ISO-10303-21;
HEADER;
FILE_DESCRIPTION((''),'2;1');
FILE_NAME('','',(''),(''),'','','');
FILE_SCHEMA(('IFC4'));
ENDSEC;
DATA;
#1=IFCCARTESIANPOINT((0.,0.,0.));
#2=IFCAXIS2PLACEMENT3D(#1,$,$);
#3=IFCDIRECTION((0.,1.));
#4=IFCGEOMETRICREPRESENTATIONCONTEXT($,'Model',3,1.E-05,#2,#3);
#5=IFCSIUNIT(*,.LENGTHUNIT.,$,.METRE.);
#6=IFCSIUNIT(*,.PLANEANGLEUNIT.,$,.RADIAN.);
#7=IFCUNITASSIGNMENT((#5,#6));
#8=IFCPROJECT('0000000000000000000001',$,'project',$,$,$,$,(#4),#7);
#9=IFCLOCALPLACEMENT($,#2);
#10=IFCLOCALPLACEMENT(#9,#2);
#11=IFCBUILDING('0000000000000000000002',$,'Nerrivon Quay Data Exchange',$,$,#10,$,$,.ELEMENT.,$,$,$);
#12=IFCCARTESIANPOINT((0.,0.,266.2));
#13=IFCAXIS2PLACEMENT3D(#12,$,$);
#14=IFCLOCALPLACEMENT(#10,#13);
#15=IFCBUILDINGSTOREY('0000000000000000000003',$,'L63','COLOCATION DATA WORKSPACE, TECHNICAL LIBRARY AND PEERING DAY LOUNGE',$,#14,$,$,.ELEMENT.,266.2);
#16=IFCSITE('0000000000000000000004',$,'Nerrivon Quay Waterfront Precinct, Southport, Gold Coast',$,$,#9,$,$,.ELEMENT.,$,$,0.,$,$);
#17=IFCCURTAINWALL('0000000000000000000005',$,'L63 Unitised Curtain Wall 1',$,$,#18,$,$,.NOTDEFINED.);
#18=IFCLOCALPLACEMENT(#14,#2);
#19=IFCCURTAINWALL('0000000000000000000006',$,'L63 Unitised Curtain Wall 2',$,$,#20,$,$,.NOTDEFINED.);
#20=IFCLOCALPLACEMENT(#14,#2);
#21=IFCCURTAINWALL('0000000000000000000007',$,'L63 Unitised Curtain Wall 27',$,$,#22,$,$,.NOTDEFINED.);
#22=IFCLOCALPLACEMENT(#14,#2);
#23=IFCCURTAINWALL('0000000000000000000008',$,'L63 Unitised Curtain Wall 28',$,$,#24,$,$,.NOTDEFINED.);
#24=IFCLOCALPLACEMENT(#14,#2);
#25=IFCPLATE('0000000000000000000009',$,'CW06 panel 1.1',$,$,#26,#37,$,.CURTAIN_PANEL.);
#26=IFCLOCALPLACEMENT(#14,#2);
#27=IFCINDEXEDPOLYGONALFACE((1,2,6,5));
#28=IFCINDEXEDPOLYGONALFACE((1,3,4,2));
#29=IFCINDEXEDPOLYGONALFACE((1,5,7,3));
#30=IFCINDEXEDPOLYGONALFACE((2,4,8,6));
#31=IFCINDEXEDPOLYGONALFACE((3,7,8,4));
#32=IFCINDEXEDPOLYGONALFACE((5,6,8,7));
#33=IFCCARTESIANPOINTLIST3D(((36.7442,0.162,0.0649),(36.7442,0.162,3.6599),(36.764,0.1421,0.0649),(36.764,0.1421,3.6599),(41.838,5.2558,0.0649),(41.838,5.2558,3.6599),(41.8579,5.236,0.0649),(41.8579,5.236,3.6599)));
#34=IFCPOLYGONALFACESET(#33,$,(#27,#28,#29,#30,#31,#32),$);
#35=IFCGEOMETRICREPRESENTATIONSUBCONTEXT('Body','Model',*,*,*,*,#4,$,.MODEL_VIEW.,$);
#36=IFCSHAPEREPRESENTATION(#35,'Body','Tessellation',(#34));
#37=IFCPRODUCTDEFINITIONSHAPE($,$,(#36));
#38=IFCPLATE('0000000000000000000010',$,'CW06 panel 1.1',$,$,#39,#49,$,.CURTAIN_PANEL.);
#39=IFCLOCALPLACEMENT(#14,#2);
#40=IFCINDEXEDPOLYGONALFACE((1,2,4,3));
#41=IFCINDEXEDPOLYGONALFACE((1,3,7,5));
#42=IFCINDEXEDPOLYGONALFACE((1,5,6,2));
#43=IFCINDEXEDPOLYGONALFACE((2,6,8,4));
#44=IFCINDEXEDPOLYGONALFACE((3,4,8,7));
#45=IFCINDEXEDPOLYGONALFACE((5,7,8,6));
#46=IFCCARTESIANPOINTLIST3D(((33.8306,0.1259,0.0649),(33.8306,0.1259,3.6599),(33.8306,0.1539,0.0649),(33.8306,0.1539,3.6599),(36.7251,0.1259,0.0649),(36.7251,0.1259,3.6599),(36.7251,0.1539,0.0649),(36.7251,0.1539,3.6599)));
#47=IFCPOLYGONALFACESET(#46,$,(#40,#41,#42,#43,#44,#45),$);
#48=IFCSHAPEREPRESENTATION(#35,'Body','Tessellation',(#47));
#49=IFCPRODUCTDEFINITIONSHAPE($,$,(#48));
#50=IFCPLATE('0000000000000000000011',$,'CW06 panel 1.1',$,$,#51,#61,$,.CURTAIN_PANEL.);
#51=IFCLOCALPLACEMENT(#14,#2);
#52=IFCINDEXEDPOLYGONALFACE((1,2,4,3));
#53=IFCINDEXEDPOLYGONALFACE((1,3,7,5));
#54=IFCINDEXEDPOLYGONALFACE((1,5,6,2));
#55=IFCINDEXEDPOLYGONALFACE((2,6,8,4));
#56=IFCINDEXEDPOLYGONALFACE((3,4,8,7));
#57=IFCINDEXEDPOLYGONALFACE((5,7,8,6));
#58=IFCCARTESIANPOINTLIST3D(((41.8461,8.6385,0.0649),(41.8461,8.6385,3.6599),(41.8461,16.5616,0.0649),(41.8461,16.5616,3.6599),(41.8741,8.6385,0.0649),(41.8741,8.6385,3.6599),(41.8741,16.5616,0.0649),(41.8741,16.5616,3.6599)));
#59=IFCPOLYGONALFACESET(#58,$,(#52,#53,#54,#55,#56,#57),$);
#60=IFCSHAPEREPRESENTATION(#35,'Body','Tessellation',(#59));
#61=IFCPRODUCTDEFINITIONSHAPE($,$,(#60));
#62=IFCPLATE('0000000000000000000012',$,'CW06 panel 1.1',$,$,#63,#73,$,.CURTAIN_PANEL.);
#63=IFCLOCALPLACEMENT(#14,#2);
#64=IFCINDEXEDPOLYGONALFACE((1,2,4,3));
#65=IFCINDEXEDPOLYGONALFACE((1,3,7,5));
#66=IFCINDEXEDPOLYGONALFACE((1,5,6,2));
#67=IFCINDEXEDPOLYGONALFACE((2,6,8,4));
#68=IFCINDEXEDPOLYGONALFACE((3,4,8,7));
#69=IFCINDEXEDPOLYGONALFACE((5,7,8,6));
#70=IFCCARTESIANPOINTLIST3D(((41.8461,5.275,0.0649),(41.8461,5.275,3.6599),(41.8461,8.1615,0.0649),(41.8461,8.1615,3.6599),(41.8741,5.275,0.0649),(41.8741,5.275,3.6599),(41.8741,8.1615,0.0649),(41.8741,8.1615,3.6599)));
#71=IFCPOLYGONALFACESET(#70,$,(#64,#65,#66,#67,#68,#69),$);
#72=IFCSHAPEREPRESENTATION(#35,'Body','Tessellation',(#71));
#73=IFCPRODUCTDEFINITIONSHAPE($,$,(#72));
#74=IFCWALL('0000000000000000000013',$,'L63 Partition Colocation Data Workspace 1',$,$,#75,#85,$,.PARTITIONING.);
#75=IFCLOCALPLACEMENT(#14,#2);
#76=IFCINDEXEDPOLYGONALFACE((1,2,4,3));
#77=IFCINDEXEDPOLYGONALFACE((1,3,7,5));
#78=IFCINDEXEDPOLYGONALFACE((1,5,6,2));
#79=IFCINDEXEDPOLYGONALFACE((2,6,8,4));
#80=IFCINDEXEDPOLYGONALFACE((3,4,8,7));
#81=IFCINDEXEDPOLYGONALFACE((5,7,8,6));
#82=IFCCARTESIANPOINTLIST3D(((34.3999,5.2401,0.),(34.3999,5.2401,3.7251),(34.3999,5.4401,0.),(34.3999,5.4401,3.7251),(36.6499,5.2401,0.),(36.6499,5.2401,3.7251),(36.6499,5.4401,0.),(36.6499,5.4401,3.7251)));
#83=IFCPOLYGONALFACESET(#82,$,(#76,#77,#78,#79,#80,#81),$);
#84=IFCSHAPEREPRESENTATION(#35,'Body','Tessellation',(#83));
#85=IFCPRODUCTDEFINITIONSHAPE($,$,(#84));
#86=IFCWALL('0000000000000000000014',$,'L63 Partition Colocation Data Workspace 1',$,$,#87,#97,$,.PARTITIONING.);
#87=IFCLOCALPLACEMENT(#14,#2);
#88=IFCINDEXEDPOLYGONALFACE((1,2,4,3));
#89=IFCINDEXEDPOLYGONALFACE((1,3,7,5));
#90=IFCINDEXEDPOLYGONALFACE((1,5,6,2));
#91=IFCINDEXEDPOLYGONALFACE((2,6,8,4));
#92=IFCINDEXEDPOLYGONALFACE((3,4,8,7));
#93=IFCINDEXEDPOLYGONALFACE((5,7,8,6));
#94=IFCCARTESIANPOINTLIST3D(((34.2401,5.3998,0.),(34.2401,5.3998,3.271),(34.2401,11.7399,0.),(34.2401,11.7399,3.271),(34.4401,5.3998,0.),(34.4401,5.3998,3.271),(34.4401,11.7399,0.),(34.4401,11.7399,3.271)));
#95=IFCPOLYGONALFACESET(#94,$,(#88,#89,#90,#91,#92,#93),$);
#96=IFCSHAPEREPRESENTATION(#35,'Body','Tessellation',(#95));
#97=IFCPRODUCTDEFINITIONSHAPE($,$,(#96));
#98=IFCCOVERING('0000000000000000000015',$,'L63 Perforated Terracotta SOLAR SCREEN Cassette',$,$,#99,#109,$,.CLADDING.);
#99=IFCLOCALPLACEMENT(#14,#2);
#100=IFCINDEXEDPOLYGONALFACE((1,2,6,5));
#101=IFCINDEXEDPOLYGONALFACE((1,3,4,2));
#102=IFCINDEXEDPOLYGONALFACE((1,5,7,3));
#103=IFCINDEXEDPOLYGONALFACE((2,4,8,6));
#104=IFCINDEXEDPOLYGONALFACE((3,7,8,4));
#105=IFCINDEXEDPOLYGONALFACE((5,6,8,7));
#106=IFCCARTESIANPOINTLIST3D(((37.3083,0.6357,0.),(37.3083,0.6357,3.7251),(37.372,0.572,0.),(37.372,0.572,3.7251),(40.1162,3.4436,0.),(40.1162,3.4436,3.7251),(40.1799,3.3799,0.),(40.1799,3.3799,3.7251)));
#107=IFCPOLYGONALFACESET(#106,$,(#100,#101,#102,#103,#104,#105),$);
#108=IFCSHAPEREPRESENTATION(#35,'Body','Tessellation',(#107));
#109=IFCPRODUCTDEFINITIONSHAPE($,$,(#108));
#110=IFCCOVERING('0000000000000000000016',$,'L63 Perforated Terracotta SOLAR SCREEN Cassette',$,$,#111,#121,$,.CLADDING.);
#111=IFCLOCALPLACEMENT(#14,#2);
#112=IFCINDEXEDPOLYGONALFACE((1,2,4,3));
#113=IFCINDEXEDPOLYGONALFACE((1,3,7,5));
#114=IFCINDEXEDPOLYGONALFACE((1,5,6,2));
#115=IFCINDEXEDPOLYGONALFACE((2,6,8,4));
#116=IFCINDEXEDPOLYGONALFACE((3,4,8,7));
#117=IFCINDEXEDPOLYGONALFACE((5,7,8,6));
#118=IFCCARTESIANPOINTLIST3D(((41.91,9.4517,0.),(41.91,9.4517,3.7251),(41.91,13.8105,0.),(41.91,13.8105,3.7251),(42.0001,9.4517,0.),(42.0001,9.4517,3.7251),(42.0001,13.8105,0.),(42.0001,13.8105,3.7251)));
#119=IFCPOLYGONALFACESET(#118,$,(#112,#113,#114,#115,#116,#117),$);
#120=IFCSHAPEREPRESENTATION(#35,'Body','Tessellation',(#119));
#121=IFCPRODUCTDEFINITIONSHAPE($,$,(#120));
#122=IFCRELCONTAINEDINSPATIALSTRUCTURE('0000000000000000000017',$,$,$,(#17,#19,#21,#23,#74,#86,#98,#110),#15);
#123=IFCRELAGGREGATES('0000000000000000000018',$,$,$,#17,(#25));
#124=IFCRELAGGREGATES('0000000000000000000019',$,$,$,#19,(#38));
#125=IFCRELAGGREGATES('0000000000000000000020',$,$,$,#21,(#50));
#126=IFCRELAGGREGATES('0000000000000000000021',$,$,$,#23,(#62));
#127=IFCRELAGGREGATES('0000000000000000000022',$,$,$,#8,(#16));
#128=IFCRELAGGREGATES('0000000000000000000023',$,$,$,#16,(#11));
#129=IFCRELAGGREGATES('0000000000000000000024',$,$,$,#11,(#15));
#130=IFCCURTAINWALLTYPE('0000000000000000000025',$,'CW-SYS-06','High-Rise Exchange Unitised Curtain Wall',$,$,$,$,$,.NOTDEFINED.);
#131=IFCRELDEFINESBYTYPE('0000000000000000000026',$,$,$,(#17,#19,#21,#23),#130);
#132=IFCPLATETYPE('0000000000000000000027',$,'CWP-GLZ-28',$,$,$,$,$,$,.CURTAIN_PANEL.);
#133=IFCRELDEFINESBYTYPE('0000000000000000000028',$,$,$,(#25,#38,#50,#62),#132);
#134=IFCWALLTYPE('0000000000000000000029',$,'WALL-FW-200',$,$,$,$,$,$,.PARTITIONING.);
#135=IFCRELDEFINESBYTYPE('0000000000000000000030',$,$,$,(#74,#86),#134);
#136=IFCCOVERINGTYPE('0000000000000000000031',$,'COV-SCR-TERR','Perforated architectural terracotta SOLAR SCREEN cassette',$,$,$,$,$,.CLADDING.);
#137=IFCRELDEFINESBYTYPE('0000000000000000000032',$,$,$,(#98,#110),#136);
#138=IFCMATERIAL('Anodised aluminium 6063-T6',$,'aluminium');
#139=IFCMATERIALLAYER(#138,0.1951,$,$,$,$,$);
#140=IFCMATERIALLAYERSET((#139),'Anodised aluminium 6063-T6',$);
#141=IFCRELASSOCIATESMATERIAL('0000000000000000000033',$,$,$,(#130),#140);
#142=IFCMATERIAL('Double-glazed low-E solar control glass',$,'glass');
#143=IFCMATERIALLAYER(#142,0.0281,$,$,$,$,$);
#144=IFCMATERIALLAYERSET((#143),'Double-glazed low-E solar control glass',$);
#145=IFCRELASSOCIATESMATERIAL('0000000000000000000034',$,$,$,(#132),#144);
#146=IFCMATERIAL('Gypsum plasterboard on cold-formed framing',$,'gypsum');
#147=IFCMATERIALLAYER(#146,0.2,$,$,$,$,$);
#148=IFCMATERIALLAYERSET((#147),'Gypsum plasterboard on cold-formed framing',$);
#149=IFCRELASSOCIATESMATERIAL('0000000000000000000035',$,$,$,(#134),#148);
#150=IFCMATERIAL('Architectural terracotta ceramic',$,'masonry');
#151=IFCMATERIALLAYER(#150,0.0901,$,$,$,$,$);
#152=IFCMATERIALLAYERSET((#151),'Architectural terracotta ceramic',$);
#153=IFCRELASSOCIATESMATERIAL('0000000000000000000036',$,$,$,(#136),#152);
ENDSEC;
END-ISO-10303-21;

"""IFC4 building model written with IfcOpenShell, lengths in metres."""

from ifc_helpers import new_model, si_unit, direction, frame, frame_2d, origin, origin_2d, place, context, subcontext, project, spatial, rectangle, extrude, material, layer, layer_set, type_object, element, aggregate, save


model = new_model("IFC4")

# Units and contexts
model_context = context("Model", 3, precision=1e-05, world=origin(), true_north=direction((0.0, 1.0)))
body_context = subcontext(model_context, "Body", "Model", "MODEL_VIEW")
ifc_project = project(units=[si_unit("LENGTHUNIT", "METRE"), si_unit("PLANEANGLEUNIT", "RADIAN")], contexts=[model_context])

# Site, building, storey
site_placement = place(None, origin())
site = spatial("IfcSite", under=ifc_project, at=site_placement, Name="Nerrivon Quay Waterfront Precinct, Southport, Gold Coast", CompositionType="ELEMENT", RefElevation=0.0)
building_placement = place(site_placement, origin())
building = spatial("IfcBuilding", under=site, at=building_placement, Name="Nerrivon Quay Data Exchange", CompositionType="ELEMENT")
storey_placement = place(building_placement, frame((0.0, 0.0, 266.2)))
storey = spatial("IfcBuildingStorey", under=building, at=storey_placement, Name="L63", Description="COLOCATION DATA WORKSPACE, TECHNICAL LIBRARY AND PEERING DAY LOUNGE", CompositionType="ELEMENT", Elevation=266.2)

# Curtain wall
ifc_material_1 = material(Name="Anodised aluminium 6063-T6", Category="aluminium")
ifc_layer_1 = layer(ifc_material_1, 0.1951)
ifc_layer_set_1 = layer_set([ifc_layer_1], Name="Anodised aluminium 6063-T6")
curtain_wall_type = type_object("IfcCurtainWallType", Name="CW-SYS-06", Description="High-Rise Exchange Unitised Curtain Wall", PredefinedType="NOTDEFINED", material=ifc_layer_set_1)
curtain_wall_1_placement = place(storey_placement, origin())
curtain_wall_1 = element("IfcCurtainWall", 1, at=curtain_wall_1_placement, inside=storey, type_object=curtain_wall_type, Name="L63 Unitised Curtain Wall 1", PredefinedType="NOTDEFINED")

# Curtain walls
curtain_wall_2_placement = place(storey_placement, origin())
curtain_wall_2 = element("IfcCurtainWall", 2, at=curtain_wall_2_placement, inside=storey, type_object=curtain_wall_type, Name="L63 Unitised Curtain Wall 2", PredefinedType="NOTDEFINED")
curtain_wall_3_placement = place(storey_placement, origin())
curtain_wall_3 = element("IfcCurtainWall", 3, at=curtain_wall_3_placement, inside=storey, type_object=curtain_wall_type, Name="L63 Unitised Curtain Wall 27", PredefinedType="NOTDEFINED")

# Curtain wall
curtain_wall_4_placement = place(storey_placement, origin())
curtain_wall_4 = element("IfcCurtainWall", 4, at=curtain_wall_4_placement, inside=storey, type_object=curtain_wall_type, Name="L63 Unitised Curtain Wall 28", PredefinedType="NOTDEFINED")

# Plates
ifc_material_2 = material(Name="Double-glazed low-E solar control glass", Category="glass")
ifc_layer_2 = layer(ifc_material_2, 0.0281)
ifc_layer_set_2 = layer_set([ifc_layer_2], Name="Double-glazed low-E solar control glass")
plate_type = type_object("IfcPlateType", Name="CWP-GLZ-28", PredefinedType="CURTAIN_PANEL", material=ifc_layer_set_2)
plate_1_placement = place(storey_placement, frame((39.301, 2.699, 0.0649), z_axis=(0.0, 0.0, 1.0), x_axis=(-0.707107, -0.707107, 0.0)))
plate_1 = element("IfcPlate", 5, at=plate_1_placement, type_object=plate_type, Name="CW06 panel 1.1", PredefinedType="CURTAIN_PANEL", context=body_context, shape_type="SweptSolid", body=[
    extrude(rectangle(XDim=7.2039, YDim=0.0281, at=origin_2d()), origin(), (0.0, 0.0, 1.0), 3.595),
])
aggregate(curtain_wall_1, [plate_1])
plate_2_placement = place(storey_placement, frame((35.2778, 0.1399, 0.0649), z_axis=(0.0, 0.0, 1.0), x_axis=(-1.0, 0.0, 0.0)))
plate_2 = element("IfcPlate", 6, at=plate_2_placement, type_object=plate_type, Name="CW06 panel 1.1", PredefinedType="CURTAIN_PANEL", context=body_context, shape_type="SweptSolid", body=[
    extrude(rectangle(XDim=2.8945, YDim=0.0281, at=origin_2d()), origin(), (0.0, 0.0, 1.0), 3.595),
])
aggregate(curtain_wall_2, [plate_2])
plate_3_placement = place(storey_placement, frame((41.8601, 12.6001, 0.0649), z_axis=(0.0, 0.0, 1.0), x_axis=(0.0, -1.0, 0.0)))
plate_3 = element("IfcPlate", 7, at=plate_3_placement, type_object=plate_type, Name="CW06 panel 1.1", PredefinedType="CURTAIN_PANEL", context=body_context, shape_type="SweptSolid", body=[
    extrude(rectangle(XDim=7.9231, YDim=0.0281, at=origin_2d()), origin(), (0.0, 0.0, 1.0), 3.595),
])
aggregate(curtain_wall_3, [plate_3])
plate_4_placement = place(storey_placement, frame((41.8601, 6.7183, 0.0649), z_axis=(0.0, 0.0, 1.0), x_axis=(0.0, -1.0, 0.0)))
plate_4 = element("IfcPlate", 8, at=plate_4_placement, type_object=plate_type, Name="CW06 panel 1.1", PredefinedType="CURTAIN_PANEL", context=body_context, shape_type="SweptSolid", body=[
    extrude(rectangle(XDim=2.8865, YDim=0.0281, at=origin_2d()), origin(), (0.0, 0.0, 1.0), 3.595),
])
aggregate(curtain_wall_4, [plate_4])

# Walls
ifc_material_3 = material(Name="Gypsum plasterboard on cold-formed framing", Category="gypsum")
ifc_layer_3 = layer(ifc_material_3, 0.2)
ifc_layer_set_3 = layer_set([ifc_layer_3], Name="Gypsum plasterboard on cold-formed framing")
wall_type = type_object("IfcWallType", Name="WALL-FW-200", PredefinedType="PARTITIONING", material=ifc_layer_set_3)
wall_1_placement = place(storey_placement, frame((36.6499, 5.3401, 0.0), z_axis=(0.0, 0.0, 1.0), x_axis=(-1.0, 0.0, 0.0)))
element("IfcWall", 9, at=wall_1_placement, inside=storey, type_object=wall_type, Name="L63 Partition Colocation Data Workspace 1", PredefinedType="PARTITIONING", context=body_context, shape_type="SweptSolid", body=[
    extrude(rectangle(XDim=2.25, YDim=0.2, at=frame_2d((1.125, 0.0))), origin(), (0.0, 0.0, 1.0), 3.7251),
])
wall_2_placement = place(storey_placement, frame((34.3401, 5.3999, 0.0), z_axis=(0.0, 0.0, 1.0), x_axis=(0.0, 1.0, 0.0)))
element("IfcWall", 10, at=wall_2_placement, inside=storey, type_object=wall_type, Name="L63 Partition Colocation Data Workspace 1", PredefinedType="PARTITIONING", context=body_context, shape_type="SweptSolid", body=[
    extrude(rectangle(XDim=6.3401, YDim=0.2, at=frame_2d((3.1699, 0.0))), origin(), (0.0, 0.0, 1.0), 3.271),
])

# Coverings
ifc_material_4 = material(Name="Architectural terracotta ceramic", Category="masonry")
ifc_layer_4 = layer(ifc_material_4, 0.0901)
ifc_layer_set_4 = layer_set([ifc_layer_4], Name="Architectural terracotta ceramic")
covering_type = type_object("IfcCoveringType", Name="COV-SCR-TERR", Description="Perforated architectural terracotta SOLAR SCREEN cassette", PredefinedType="CLADDING", material=ifc_layer_set_4)
covering_1_placement = place(storey_placement, frame((38.7441, 2.0078, 0.0), z_axis=(0.0, 0.0, 1.0), x_axis=(-0.707107, -0.707107, 0.0)))
element("IfcCovering", 11, at=covering_1_placement, inside=storey, type_object=covering_type, Name="L63 Perforated Terracotta SOLAR SCREEN Cassette", PredefinedType="CLADDING", context=body_context, shape_type="SweptSolid", body=[
    extrude(rectangle(XDim=3.9709, YDim=0.0901, at=origin_2d()), origin(), (0.0, 0.0, 1.0), 3.7251),
])
covering_2_placement = place(storey_placement, frame((41.9551, 11.6311, 0.0), z_axis=(0.0, 0.0, 1.0), x_axis=(0.0, -1.0, 0.0)))
element("IfcCovering", 12, at=covering_2_placement, inside=storey, type_object=covering_type, Name="L63 Perforated Terracotta SOLAR SCREEN Cassette", PredefinedType="CLADDING", context=body_context, shape_type="SweptSolid", body=[
    extrude(rectangle(XDim=4.3589, YDim=0.0901, at=origin_2d()), origin(), (0.0, 0.0, 1.0), 3.7251),
])

save(model, "model.ifc")
